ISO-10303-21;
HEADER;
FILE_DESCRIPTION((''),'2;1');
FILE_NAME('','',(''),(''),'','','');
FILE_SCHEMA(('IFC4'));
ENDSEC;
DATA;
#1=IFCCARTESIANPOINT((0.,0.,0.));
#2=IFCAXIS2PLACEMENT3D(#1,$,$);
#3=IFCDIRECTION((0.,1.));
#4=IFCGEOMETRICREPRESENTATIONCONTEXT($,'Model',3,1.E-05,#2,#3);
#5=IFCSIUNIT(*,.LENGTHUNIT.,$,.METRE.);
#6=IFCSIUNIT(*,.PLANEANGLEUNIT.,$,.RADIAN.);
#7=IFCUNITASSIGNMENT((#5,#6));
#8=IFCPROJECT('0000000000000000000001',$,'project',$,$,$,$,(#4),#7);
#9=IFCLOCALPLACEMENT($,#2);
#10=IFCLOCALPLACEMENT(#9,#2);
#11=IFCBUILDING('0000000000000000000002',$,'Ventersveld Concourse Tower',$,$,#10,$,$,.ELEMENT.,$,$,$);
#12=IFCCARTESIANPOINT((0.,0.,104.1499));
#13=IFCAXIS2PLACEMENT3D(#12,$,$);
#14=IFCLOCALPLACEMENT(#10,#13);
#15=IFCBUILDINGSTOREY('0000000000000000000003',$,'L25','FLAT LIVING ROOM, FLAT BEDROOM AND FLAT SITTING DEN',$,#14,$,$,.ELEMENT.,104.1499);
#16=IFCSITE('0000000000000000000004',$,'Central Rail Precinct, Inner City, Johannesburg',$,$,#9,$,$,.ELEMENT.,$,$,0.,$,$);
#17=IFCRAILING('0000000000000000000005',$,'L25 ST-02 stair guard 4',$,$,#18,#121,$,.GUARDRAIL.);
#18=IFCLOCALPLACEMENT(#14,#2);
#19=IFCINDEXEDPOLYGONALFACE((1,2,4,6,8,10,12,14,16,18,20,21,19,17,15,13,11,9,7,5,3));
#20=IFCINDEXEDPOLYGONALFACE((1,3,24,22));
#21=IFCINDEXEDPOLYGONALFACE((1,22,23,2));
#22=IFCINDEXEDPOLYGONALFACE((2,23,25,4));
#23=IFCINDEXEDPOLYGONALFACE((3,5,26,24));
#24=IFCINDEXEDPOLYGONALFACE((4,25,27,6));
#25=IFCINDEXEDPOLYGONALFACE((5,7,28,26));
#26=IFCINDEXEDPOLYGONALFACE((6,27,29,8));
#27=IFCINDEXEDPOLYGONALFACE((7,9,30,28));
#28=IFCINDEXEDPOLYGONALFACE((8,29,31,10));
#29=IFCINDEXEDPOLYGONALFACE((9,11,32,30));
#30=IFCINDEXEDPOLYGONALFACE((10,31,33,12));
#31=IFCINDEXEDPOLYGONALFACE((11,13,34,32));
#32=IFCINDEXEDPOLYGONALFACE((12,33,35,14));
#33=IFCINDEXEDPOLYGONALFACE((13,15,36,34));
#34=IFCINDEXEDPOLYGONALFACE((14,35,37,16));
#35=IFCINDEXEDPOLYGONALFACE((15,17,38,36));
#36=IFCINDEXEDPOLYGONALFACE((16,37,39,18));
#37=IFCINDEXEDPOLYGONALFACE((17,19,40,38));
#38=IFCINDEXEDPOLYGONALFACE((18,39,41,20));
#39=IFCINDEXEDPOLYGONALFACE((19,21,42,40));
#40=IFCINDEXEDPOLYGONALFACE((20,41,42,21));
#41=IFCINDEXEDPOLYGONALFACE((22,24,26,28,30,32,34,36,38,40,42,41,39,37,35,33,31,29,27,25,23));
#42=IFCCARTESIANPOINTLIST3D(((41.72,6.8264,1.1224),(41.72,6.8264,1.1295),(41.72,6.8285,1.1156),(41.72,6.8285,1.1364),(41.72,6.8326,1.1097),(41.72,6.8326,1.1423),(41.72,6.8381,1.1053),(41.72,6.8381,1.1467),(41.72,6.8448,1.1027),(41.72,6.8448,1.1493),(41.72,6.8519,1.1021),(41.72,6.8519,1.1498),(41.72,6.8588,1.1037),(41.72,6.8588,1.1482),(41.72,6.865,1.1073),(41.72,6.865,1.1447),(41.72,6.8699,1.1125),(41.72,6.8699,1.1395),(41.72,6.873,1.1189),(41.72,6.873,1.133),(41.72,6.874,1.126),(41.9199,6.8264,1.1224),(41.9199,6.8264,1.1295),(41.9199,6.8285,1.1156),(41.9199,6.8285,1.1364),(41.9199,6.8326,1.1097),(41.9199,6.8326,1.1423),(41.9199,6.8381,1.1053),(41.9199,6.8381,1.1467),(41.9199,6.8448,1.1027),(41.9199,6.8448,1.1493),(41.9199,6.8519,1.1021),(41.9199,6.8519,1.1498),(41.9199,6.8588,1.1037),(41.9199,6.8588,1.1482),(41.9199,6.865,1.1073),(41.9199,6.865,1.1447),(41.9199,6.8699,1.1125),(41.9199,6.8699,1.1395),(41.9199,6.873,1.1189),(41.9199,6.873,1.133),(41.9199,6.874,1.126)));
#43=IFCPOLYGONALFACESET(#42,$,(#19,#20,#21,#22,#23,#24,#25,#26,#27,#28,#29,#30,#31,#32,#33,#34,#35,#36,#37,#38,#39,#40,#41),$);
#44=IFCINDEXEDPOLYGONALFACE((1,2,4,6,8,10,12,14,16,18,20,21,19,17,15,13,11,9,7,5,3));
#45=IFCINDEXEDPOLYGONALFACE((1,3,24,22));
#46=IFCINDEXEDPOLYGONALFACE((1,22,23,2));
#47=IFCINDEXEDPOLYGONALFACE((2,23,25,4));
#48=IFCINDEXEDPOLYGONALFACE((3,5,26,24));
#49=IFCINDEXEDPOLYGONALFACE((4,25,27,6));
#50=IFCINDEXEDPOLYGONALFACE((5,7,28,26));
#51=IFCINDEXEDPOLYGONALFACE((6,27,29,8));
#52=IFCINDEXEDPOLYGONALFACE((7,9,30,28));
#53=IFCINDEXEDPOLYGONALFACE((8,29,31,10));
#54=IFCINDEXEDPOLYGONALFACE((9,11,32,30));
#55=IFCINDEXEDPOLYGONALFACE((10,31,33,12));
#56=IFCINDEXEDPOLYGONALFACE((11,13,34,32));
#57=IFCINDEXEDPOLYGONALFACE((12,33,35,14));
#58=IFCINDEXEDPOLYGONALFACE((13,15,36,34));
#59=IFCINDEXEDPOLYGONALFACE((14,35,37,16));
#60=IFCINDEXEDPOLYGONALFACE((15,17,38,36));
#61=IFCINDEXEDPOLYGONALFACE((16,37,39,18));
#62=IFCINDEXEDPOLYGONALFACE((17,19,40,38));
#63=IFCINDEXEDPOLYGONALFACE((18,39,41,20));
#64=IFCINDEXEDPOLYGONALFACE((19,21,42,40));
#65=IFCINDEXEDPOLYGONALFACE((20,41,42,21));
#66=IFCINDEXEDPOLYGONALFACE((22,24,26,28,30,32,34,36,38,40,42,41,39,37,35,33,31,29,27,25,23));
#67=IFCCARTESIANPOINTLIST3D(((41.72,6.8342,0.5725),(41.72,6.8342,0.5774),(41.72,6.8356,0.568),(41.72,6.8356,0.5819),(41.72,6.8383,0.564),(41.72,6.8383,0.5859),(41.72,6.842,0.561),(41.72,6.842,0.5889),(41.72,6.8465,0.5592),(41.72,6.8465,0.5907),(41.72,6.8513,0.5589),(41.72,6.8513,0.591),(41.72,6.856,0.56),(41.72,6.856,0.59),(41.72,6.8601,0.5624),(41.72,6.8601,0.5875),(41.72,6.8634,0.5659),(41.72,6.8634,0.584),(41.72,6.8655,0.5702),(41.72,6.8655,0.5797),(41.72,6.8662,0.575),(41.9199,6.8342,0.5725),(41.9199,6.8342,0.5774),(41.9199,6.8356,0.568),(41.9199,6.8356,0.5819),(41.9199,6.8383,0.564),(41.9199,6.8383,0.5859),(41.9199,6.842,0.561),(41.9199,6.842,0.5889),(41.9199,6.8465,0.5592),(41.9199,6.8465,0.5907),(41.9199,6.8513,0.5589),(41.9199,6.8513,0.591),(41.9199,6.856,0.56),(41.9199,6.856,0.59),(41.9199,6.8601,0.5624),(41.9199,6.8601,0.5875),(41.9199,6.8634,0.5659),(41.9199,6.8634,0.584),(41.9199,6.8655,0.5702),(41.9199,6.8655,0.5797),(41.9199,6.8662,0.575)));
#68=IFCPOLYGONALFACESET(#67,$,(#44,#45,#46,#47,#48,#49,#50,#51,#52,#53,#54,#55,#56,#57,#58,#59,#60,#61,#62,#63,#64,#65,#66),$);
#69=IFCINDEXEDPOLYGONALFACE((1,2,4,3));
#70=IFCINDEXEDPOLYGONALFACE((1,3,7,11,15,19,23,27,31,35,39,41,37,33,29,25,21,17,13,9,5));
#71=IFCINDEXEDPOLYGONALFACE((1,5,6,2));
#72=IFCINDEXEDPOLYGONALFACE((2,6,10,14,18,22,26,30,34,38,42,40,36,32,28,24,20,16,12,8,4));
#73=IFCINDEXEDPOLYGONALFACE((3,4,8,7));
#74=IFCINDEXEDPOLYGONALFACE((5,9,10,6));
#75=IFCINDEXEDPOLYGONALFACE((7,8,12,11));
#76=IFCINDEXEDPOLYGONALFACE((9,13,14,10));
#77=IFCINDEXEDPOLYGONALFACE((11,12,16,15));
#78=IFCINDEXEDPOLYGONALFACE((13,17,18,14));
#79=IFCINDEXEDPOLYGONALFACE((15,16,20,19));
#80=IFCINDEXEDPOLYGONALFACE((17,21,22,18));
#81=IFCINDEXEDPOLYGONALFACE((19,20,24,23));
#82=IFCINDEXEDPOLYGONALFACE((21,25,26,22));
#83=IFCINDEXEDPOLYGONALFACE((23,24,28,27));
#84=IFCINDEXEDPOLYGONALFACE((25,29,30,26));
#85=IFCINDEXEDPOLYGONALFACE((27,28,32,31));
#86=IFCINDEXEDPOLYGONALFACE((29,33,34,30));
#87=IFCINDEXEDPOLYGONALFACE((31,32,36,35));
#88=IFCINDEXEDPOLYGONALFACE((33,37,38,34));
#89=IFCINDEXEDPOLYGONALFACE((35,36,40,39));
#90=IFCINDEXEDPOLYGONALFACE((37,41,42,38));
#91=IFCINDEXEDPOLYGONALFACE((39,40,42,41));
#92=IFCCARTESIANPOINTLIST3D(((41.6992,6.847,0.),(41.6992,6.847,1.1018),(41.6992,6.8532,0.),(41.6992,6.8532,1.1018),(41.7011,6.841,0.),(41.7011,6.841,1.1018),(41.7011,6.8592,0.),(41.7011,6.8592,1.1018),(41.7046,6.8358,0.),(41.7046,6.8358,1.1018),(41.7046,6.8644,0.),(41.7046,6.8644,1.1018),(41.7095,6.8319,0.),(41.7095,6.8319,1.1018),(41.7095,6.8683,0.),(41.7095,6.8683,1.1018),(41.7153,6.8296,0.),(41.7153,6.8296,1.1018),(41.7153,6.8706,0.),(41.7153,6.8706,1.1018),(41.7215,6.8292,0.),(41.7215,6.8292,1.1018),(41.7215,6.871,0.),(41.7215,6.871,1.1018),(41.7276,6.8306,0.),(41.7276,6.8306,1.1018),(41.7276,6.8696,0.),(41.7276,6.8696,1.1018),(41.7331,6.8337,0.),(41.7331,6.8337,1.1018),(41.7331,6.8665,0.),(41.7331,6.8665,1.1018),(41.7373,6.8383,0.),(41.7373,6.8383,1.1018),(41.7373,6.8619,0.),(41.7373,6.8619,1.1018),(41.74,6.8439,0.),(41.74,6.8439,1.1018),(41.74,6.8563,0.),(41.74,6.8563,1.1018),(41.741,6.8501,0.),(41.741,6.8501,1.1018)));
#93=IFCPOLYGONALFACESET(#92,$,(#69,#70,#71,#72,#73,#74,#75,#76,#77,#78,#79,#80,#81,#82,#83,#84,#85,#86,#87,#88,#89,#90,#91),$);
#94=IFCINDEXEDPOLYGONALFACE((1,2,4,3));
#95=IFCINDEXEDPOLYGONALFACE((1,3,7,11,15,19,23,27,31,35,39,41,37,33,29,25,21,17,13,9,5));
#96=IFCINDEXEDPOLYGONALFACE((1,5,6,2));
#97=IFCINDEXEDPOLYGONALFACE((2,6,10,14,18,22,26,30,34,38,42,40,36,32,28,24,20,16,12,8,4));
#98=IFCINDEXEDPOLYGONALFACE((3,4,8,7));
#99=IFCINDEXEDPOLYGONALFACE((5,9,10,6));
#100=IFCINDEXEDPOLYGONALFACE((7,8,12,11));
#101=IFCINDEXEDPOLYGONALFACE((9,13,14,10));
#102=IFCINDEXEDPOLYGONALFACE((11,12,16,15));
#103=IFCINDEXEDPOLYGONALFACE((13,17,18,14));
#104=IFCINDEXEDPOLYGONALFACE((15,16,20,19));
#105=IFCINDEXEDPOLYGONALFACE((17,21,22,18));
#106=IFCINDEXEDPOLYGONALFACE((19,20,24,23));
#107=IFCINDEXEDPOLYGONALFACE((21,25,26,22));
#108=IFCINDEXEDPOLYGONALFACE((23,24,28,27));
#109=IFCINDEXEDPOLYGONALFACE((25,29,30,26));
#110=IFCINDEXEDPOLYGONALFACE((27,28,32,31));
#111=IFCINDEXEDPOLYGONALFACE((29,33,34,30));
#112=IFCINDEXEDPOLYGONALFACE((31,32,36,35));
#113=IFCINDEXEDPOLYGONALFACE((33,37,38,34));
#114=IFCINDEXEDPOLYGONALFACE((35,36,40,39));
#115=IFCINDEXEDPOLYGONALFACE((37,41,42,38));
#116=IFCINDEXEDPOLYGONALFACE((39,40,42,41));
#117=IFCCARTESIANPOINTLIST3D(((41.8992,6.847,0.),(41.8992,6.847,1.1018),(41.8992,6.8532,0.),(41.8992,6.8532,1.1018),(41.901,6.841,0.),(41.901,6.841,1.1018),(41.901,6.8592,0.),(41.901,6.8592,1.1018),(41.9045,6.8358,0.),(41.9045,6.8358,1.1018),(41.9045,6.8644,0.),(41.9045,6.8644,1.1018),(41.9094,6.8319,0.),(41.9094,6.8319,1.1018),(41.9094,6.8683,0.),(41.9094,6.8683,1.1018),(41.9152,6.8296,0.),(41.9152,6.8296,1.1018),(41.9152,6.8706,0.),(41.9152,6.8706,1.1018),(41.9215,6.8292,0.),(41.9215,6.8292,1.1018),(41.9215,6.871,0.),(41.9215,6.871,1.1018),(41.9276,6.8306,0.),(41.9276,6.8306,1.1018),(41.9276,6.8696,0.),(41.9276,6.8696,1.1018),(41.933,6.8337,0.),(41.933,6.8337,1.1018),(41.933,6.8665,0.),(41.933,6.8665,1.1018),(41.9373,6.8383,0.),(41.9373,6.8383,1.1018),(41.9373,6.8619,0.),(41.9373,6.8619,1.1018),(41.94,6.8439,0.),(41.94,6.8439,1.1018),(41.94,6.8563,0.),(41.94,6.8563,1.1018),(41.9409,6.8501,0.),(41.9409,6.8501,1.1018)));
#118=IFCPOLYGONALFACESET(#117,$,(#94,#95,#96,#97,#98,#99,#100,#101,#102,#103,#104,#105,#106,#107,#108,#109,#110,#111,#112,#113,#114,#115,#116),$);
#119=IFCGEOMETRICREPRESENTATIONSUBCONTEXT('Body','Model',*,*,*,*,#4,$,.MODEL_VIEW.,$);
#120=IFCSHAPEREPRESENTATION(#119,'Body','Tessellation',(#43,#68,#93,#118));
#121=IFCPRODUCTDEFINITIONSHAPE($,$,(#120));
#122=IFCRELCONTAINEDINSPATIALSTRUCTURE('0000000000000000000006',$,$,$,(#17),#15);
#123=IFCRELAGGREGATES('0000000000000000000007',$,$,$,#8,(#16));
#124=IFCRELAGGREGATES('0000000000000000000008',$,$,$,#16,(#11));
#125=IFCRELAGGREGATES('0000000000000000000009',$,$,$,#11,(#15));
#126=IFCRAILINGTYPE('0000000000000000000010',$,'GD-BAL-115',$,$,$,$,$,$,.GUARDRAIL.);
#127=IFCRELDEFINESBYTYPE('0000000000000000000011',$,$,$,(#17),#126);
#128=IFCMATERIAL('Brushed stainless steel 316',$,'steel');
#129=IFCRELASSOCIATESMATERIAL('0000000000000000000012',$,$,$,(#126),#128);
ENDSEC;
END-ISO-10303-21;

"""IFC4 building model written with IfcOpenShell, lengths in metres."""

from ifc_helpers import new_model, si_unit, direction, frame, origin, origin_2d, place, context, subcontext, project, spatial, circle, extrude, material, type_object, element, save


model = new_model("IFC4")

# Units and contexts
model_context = context("Model", 3, precision=1e-05, world=origin(), true_north=direction((0.0, 1.0)))
body_context = subcontext(model_context, "Body", "Model", "MODEL_VIEW")
ifc_project = project(units=[si_unit("LENGTHUNIT", "METRE"), si_unit("PLANEANGLEUNIT", "RADIAN")], contexts=[model_context])

# Site, building, storey
site_placement = place(None, origin())
site = spatial("IfcSite", under=ifc_project, at=site_placement, Name="Central Rail Precinct, Inner City, Johannesburg", CompositionType="ELEMENT", RefElevation=0.0)
building_placement = place(site_placement, origin())
building = spatial("IfcBuilding", under=site, at=building_placement, Name="Ventersveld Concourse Tower", CompositionType="ELEMENT")
storey_placement = place(building_placement, frame((0.0, 0.0, 104.1499)))
storey = spatial("IfcBuildingStorey", under=building, at=storey_placement, Name="L25", Description="FLAT LIVING ROOM, FLAT BEDROOM AND FLAT SITTING DEN", CompositionType="ELEMENT", Elevation=104.1499)

# Railing
ifc_material_1 = material(Name="Brushed stainless steel 316", Category="steel")
railing_type_1 = type_object("IfcRailingType", Name="GD-BAL-115", PredefinedType="GUARDRAIL", material=ifc_material_1)
railing_1_placement = place(storey_placement, frame((41.72, 6.8501, 0.0)))
element("IfcRailing", 1, at=railing_1_placement, inside=storey, type_object=railing_type_1, Name="L25 ST-02 stair guard 4", PredefinedType="GUARDRAIL", context=body_context, shape_type="SweptSolid", body=[
    extrude(circle(Radius=0.0239, at=origin_2d()), frame((0.0, 0.0, 1.126), z_axis=(1.0, 0.0, 0.0), x_axis=(0.0, 1.0, 0.0)), (0.0, 0.0, 1.0), 0.2),
    extrude(circle(Radius=0.0161, at=origin_2d()), frame((0.0, 0.0, 0.575), z_axis=(1.0, 0.0, 0.0), x_axis=(0.0, 1.0, 0.0)), (0.0, 0.0, 1.0), 0.2),
    extrude(circle(Radius=0.021, at=origin_2d()), origin(), (0.0, 0.0, 1.0), 1.1018),
    extrude(circle(Radius=0.021, at=origin_2d()), frame((0.2, 0.0, 0.0)), (0.0, 0.0, 1.0), 1.1018),
])

save(model, "model.ifc")
